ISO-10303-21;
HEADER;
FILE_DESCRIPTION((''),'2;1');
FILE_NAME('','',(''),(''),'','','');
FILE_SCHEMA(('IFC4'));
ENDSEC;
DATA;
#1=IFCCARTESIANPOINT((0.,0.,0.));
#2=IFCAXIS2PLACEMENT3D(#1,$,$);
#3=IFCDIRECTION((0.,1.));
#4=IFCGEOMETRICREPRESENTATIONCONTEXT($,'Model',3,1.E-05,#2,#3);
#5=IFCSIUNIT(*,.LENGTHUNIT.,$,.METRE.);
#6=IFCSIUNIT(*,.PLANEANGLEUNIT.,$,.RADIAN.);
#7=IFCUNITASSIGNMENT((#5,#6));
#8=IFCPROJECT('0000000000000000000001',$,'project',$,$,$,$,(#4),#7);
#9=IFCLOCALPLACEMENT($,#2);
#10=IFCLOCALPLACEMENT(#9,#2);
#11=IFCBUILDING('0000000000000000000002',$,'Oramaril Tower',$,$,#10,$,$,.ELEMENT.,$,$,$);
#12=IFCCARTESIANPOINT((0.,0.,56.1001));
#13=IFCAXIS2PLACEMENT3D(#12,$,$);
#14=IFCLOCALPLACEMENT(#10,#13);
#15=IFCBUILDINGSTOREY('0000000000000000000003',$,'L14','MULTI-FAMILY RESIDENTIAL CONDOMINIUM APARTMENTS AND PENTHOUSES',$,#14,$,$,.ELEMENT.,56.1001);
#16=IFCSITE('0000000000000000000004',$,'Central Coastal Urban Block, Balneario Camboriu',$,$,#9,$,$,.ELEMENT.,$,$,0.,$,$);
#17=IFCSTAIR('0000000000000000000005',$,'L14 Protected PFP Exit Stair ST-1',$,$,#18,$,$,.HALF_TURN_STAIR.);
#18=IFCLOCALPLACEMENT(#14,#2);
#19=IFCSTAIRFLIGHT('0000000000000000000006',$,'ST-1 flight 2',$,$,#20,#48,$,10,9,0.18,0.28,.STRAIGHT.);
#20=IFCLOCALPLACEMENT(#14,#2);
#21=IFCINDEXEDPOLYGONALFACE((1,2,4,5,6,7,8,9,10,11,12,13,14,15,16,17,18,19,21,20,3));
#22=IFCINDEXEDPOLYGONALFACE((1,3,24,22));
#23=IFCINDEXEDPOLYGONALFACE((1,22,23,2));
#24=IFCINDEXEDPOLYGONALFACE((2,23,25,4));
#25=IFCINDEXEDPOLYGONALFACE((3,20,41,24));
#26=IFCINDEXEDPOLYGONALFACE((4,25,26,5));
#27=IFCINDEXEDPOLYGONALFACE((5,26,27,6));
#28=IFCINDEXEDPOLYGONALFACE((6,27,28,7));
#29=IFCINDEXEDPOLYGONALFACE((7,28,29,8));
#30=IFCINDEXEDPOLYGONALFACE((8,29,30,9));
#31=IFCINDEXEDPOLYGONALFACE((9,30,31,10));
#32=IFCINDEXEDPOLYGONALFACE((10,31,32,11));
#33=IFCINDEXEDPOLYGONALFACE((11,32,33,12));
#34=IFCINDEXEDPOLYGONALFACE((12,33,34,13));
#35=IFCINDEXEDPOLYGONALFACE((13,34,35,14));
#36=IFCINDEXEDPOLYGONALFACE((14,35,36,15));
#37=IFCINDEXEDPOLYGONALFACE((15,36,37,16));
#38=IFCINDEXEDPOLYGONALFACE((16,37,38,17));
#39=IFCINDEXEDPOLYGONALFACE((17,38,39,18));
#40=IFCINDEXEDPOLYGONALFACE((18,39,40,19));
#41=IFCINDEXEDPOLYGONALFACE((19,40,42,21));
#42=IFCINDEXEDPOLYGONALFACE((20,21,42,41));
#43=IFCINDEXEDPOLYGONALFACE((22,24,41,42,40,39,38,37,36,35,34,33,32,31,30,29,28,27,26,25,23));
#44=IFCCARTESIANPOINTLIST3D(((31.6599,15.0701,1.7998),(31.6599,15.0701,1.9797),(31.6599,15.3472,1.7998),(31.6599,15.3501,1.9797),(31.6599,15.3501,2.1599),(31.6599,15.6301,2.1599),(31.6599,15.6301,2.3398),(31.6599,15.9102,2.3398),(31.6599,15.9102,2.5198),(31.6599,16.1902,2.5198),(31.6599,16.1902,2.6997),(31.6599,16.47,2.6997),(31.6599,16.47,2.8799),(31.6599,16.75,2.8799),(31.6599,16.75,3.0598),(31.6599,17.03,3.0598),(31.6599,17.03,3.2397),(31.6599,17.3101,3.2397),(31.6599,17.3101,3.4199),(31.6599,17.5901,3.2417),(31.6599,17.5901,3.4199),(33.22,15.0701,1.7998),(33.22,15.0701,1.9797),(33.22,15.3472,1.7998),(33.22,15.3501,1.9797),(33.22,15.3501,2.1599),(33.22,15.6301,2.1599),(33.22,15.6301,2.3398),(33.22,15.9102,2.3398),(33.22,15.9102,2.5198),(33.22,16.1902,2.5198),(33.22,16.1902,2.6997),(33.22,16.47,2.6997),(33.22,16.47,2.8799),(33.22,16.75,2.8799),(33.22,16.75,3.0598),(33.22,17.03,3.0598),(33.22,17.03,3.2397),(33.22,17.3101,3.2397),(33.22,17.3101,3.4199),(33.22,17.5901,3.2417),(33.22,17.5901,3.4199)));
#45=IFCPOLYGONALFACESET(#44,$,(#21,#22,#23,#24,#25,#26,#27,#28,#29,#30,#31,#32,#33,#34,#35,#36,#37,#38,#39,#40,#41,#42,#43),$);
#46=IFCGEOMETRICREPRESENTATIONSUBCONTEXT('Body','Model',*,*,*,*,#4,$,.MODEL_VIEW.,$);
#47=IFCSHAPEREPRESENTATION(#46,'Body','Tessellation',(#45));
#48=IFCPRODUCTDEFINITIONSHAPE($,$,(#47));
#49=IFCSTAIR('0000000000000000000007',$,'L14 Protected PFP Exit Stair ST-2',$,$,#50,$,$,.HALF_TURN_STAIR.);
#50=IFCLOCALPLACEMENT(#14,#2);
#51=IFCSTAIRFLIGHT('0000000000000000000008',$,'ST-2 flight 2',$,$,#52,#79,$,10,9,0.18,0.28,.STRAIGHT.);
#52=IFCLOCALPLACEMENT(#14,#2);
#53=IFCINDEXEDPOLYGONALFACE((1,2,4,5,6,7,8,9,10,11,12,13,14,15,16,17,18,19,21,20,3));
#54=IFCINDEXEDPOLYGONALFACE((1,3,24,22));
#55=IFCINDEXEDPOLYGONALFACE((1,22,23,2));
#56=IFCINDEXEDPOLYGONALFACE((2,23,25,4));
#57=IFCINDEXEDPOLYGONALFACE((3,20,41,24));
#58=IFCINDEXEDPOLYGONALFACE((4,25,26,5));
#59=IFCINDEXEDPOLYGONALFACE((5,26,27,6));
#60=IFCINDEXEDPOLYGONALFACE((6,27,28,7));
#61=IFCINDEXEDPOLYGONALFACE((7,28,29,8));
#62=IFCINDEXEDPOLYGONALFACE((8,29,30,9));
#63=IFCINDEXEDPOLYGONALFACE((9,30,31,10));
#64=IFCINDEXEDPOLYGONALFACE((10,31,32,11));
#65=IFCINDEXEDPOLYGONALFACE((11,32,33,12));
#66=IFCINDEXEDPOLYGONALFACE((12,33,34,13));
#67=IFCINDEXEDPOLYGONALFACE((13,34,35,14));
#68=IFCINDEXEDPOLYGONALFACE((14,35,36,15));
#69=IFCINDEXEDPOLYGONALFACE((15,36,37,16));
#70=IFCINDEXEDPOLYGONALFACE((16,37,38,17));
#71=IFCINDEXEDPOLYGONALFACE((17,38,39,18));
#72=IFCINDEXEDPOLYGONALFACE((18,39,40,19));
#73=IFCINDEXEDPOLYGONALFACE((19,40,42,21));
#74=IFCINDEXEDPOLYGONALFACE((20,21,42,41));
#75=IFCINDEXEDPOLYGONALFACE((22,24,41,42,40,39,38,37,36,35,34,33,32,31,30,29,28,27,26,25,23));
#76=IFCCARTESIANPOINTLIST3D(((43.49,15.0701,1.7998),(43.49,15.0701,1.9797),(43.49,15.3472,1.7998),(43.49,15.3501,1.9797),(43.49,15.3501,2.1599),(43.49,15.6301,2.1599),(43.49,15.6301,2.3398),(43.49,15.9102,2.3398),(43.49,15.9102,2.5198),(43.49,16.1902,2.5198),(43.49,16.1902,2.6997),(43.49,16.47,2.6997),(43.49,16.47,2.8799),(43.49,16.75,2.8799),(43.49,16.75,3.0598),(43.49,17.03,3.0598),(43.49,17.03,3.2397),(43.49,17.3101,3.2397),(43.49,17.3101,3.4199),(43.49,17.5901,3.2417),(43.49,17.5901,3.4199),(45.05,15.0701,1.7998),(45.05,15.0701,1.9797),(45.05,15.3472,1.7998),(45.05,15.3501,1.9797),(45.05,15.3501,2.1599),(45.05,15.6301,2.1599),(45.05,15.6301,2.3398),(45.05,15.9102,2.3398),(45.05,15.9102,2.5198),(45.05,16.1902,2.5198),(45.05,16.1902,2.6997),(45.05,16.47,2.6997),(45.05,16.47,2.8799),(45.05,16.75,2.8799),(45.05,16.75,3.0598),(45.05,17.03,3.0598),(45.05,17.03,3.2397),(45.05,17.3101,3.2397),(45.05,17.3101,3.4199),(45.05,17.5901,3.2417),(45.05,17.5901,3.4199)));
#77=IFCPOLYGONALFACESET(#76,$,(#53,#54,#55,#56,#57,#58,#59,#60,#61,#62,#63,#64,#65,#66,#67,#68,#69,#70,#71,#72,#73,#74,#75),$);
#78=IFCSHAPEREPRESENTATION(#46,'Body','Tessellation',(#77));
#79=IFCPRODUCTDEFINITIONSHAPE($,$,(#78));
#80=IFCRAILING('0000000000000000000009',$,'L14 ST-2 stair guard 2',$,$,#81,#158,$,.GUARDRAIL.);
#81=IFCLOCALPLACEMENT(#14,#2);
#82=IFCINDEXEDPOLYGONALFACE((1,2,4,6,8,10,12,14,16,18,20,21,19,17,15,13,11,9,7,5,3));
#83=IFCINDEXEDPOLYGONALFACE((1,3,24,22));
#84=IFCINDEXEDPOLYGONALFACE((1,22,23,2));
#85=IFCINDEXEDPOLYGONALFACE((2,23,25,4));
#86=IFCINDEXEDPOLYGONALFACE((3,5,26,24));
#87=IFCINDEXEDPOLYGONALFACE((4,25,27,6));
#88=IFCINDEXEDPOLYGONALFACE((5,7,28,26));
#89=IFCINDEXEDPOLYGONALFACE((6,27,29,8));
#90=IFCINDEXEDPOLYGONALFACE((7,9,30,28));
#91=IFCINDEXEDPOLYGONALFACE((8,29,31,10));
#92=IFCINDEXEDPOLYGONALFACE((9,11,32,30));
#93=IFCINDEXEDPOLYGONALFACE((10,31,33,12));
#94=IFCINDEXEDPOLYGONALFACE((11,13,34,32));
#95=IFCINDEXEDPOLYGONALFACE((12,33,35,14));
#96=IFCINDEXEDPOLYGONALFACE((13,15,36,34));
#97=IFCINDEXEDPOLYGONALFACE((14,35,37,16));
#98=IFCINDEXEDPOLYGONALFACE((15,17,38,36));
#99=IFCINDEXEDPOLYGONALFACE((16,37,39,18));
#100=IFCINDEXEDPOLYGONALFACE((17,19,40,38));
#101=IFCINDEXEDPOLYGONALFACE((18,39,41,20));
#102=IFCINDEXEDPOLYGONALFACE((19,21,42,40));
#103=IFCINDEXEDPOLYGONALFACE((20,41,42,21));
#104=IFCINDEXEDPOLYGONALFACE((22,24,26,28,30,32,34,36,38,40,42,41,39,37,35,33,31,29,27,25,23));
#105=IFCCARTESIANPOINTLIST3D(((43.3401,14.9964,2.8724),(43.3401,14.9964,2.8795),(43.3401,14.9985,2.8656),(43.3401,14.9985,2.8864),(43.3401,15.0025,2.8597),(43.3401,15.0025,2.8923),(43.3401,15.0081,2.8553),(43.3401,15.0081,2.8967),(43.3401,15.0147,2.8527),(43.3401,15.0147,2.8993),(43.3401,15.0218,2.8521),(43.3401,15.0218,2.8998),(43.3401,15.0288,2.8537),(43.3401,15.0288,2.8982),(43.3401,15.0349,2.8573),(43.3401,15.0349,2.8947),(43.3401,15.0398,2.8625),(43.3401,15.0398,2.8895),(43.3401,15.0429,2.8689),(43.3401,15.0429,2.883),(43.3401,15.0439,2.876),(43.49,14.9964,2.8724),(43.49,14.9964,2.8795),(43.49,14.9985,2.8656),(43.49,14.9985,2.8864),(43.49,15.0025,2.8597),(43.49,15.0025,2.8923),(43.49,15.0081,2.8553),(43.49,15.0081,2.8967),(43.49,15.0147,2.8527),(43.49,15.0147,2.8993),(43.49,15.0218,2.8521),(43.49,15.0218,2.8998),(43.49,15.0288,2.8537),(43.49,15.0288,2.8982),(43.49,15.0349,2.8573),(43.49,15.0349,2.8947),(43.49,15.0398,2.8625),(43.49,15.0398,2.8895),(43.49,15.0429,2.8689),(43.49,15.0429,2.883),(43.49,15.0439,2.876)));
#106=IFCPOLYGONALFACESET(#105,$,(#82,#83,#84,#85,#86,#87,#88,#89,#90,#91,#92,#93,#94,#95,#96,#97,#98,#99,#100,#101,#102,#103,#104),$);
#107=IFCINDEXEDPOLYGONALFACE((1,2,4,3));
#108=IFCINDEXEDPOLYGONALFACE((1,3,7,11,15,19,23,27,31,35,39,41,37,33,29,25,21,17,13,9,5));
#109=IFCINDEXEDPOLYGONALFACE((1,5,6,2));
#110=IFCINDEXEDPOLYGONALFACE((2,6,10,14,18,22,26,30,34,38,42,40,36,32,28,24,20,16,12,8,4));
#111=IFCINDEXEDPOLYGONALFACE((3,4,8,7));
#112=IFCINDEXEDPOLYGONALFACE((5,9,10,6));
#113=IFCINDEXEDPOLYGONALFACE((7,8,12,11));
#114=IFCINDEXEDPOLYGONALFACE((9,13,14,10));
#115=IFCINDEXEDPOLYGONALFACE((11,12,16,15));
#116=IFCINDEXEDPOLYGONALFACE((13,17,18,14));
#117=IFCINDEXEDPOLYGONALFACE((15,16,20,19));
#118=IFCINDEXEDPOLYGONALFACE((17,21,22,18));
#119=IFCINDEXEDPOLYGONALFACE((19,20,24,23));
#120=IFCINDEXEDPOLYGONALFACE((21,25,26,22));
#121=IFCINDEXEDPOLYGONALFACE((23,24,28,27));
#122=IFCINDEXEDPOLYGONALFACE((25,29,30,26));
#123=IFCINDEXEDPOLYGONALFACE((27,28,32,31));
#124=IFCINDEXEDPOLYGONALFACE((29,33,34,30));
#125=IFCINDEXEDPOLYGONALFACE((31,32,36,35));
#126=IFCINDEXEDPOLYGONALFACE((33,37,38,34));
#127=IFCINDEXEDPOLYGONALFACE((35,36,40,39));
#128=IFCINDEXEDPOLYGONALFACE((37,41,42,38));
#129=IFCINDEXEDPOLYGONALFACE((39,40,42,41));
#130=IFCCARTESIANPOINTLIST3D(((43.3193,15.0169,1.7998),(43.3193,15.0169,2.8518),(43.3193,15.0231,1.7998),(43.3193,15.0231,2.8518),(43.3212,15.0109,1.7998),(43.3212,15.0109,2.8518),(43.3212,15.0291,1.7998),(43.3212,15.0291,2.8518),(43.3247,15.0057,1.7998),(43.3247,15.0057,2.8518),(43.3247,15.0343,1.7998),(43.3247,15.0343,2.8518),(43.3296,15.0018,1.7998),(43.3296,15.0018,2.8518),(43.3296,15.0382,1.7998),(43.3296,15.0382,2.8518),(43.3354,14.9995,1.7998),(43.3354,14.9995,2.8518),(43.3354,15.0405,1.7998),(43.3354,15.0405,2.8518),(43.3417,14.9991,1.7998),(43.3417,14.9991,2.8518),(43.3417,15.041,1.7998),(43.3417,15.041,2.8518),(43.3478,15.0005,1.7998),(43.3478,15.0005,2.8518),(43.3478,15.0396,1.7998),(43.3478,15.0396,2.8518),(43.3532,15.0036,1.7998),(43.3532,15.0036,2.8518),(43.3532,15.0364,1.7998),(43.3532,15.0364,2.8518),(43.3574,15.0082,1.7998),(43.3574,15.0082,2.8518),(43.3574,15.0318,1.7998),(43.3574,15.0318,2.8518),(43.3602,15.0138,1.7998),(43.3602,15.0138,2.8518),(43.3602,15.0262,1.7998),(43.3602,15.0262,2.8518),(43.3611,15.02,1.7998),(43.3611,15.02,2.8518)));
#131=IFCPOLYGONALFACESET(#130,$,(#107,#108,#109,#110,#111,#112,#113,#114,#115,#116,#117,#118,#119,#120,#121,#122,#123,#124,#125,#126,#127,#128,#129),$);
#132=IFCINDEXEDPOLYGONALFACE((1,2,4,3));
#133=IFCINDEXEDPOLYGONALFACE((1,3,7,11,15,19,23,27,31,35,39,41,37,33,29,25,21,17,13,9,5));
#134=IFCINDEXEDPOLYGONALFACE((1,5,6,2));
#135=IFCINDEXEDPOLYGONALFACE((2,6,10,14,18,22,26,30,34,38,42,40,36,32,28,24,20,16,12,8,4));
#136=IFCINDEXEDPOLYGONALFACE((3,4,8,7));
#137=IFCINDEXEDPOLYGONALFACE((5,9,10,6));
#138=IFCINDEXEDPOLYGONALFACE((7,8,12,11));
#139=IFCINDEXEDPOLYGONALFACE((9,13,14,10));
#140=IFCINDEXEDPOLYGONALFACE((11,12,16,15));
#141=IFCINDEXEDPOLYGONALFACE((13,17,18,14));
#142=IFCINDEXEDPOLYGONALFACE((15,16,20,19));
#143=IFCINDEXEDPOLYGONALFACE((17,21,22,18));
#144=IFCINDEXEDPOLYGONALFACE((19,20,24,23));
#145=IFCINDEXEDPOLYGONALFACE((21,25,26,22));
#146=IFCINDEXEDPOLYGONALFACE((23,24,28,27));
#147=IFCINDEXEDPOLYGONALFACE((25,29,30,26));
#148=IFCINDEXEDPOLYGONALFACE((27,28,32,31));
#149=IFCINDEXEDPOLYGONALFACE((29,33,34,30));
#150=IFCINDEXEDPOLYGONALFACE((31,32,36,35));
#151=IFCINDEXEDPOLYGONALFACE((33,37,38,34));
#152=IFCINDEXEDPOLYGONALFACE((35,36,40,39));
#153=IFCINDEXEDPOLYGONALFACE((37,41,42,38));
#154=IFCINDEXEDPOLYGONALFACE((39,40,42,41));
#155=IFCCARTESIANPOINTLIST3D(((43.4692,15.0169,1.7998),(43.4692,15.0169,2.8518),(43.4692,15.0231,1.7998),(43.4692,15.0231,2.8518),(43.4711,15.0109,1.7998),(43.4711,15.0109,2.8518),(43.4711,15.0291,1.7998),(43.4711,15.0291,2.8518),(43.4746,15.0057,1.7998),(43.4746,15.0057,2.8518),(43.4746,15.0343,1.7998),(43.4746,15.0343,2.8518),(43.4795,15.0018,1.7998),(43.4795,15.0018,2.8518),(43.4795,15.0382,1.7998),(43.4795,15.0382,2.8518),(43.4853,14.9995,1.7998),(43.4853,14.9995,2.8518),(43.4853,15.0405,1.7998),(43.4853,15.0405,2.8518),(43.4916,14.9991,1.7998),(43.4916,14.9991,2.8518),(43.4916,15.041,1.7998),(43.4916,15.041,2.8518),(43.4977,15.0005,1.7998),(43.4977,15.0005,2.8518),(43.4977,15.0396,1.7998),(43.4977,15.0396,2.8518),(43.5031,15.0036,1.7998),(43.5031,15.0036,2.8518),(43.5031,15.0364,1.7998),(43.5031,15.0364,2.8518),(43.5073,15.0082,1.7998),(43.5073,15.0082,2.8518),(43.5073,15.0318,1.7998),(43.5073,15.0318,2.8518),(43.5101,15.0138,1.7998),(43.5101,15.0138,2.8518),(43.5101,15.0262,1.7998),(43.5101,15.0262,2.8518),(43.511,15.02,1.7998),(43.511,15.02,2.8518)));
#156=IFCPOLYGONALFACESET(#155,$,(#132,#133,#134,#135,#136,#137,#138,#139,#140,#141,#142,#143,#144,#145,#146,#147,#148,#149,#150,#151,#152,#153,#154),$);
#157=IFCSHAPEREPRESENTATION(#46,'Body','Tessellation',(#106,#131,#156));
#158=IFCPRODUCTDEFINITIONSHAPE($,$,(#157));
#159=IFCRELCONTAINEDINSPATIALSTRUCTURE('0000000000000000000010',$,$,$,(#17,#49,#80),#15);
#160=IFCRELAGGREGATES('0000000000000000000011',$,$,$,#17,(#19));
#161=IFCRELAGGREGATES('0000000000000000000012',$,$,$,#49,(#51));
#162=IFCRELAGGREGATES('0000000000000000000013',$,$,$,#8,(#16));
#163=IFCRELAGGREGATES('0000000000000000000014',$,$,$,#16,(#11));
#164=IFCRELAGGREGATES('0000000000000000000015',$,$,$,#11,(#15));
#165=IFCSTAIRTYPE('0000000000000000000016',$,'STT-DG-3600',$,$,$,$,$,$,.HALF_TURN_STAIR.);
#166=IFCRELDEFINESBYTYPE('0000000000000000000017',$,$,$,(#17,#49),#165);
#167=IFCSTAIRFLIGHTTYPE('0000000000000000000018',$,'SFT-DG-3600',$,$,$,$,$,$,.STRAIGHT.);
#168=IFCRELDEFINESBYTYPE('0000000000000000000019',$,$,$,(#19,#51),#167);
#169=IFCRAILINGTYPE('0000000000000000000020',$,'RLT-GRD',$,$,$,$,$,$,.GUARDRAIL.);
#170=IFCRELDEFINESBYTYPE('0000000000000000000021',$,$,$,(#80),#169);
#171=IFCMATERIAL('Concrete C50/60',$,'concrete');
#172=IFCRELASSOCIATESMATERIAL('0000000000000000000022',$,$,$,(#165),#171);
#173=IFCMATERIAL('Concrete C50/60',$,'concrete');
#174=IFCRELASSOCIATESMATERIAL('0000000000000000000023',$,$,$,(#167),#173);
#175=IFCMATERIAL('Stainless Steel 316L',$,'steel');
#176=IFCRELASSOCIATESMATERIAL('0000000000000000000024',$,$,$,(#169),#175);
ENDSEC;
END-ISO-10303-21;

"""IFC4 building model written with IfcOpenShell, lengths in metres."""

from ifc_helpers import new_model, si_unit, direction, frame, origin, origin_2d, place, context, subcontext, project, spatial, polyline, circle, outline, extrude, material, type_object, element, aggregate, save


model = new_model("IFC4")

# Units and contexts
model_context = context("Model", 3, precision=1e-05, world=origin(), true_north=direction((0.0, 1.0)))
body_context = subcontext(model_context, "Body", "Model", "MODEL_VIEW")
ifc_project = project(units=[si_unit("LENGTHUNIT", "METRE"), si_unit("PLANEANGLEUNIT", "RADIAN")], contexts=[model_context])

# Site, building, storey
site_placement = place(None, origin())
site = spatial("IfcSite", under=ifc_project, at=site_placement, Name="Central Coastal Urban Block, Balneario Camboriu", CompositionType="ELEMENT", RefElevation=0.0)
building_placement = place(site_placement, origin())
building = spatial("IfcBuilding", under=site, at=building_placement, Name="Oramaril Tower", CompositionType="ELEMENT")
storey_placement = place(building_placement, frame((0.0, 0.0, 56.1001)))
storey = spatial("IfcBuildingStorey", under=building, at=storey_placement, Name="L14", Description="MULTI-FAMILY RESIDENTIAL CONDOMINIUM APARTMENTS AND PENTHOUSES", CompositionType="ELEMENT", Elevation=56.1001)

# Stairs, stair flights
ifc_material_1 = material(Name="Concrete C50/60", Category="concrete")
stair_type = type_object("IfcStairType", Name="STT-DG-3600", PredefinedType="HALF_TURN_STAIR", material=ifc_material_1)
stair_1_placement = place(storey_placement, origin())
stair_1 = element("IfcStair", 1, at=stair_1_placement, inside=storey, type_object=stair_type, Name="L14 Protected PFP Exit Stair ST-1", PredefinedType="HALF_TURN_STAIR")
ifc_material_2 = material(Name="Concrete C50/60", Category="concrete")
stair_flight_type = type_object("IfcStairFlightType", Name="SFT-DG-3600", PredefinedType="STRAIGHT", material=ifc_material_2)
stair_flight_1_placement = place(storey_placement, frame((32.4399, 15.0701, 1.7998), z_axis=(0.0, 0.0, 1.0), x_axis=(0.0, 1.0, 0.0)))
stair_flight_1 = element("IfcStairFlight", 2, at=stair_flight_1_placement, type_object=stair_flight_type, Name="ST-1 flight 2", NumberOfRisers=10, NumberOfTreads=9, PredefinedType="STRAIGHT", RiserHeight=0.18, TreadLength=0.28, context=body_context, shape_type="SweptSolid", body=[
    extrude(outline(polyline([(0.0, 0.0), (0.0, 0.1799), (0.28, 0.1799), (0.28, 0.3601), (0.5601, 0.3601), (0.5601, 0.54), (0.8401, 0.54), (0.8401, 0.72), (1.1201, 0.72), (1.1201, 0.8999), (1.3999, 0.8999), (1.3999, 1.0801), (1.6799, 1.0801), (1.6799, 1.26), (1.96, 1.26), (1.96, 1.4399), (2.24, 1.4399), (2.24, 1.6201), (2.52, 1.6201), (2.52, 1.8), (2.52, 1.4419), (0.2771, 0.0), (0.0, 0.0)])), frame((0.0, 0.78, 0.0), z_axis=(0.0, -1.0, 0.0), x_axis=(1.0, 0.0, 0.0)), (0.0, 0.0, 1.0), 1.5601),
])
aggregate(stair_1, [stair_flight_1])
stair_2_placement = place(storey_placement, origin())
stair_2 = element("IfcStair", 3, at=stair_2_placement, inside=storey, type_object=stair_type, Name="L14 Protected PFP Exit Stair ST-2", PredefinedType="HALF_TURN_STAIR")
stair_flight_2_placement = place(storey_placement, frame((44.27, 15.0701, 1.7998), z_axis=(0.0, 0.0, 1.0), x_axis=(0.0, 1.0, 0.0)))
stair_flight_2 = element("IfcStairFlight", 4, at=stair_flight_2_placement, type_object=stair_flight_type, Name="ST-2 flight 2", NumberOfRisers=10, NumberOfTreads=9, PredefinedType="STRAIGHT", RiserHeight=0.18, TreadLength=0.28, context=body_context, shape_type="SweptSolid", body=[
    extrude(outline(polyline([(0.0, 0.0), (0.0, 0.1799), (0.28, 0.1799), (0.28, 0.3601), (0.5601, 0.3601), (0.5601, 0.54), (0.8401, 0.54), (0.8401, 0.72), (1.1201, 0.72), (1.1201, 0.8999), (1.3999, 0.8999), (1.3999, 1.0801), (1.6799, 1.0801), (1.6799, 1.26), (1.96, 1.26), (1.96, 1.4399), (2.24, 1.4399), (2.24, 1.6201), (2.52, 1.6201), (2.52, 1.8), (2.52, 1.4419), (0.2771, 0.0), (0.0, 0.0)])), frame((0.0, 0.78, 0.0), z_axis=(0.0, -1.0, 0.0), x_axis=(1.0, 0.0, 0.0)), (0.0, 0.0, 1.0), 1.5601),
])
aggregate(stair_2, [stair_flight_2])

# Railing
ifc_material_3 = material(Name="Stainless Steel 316L", Category="steel")
railing_type_1 = type_object("IfcRailingType", Name="RLT-GRD", PredefinedType="GUARDRAIL", material=ifc_material_3)
railing_1_placement = place(storey_placement, frame((43.3401, 15.02, 1.7998)))
element("IfcRailing", 5, at=railing_1_placement, inside=storey, type_object=railing_type_1, Name="L14 ST-2 stair guard 2", PredefinedType="GUARDRAIL", context=body_context, shape_type="SweptSolid", body=[
    extrude(circle(Radius=0.0239, at=origin_2d()), frame((0.0, 0.0, 1.0762), z_axis=(1.0, 0.0, 0.0), x_axis=(0.0, 1.0, 0.0)), (0.0, 0.0, 1.0), 0.1499),
    extrude(circle(Radius=0.021, at=origin_2d()), origin(), (0.0, 0.0, 1.0), 1.052),
    extrude(circle(Radius=0.021, at=origin_2d()), frame((0.1499, 0.0, 0.0)), (0.0, 0.0, 1.0), 1.052),
])

save(model, "model.ifc")
